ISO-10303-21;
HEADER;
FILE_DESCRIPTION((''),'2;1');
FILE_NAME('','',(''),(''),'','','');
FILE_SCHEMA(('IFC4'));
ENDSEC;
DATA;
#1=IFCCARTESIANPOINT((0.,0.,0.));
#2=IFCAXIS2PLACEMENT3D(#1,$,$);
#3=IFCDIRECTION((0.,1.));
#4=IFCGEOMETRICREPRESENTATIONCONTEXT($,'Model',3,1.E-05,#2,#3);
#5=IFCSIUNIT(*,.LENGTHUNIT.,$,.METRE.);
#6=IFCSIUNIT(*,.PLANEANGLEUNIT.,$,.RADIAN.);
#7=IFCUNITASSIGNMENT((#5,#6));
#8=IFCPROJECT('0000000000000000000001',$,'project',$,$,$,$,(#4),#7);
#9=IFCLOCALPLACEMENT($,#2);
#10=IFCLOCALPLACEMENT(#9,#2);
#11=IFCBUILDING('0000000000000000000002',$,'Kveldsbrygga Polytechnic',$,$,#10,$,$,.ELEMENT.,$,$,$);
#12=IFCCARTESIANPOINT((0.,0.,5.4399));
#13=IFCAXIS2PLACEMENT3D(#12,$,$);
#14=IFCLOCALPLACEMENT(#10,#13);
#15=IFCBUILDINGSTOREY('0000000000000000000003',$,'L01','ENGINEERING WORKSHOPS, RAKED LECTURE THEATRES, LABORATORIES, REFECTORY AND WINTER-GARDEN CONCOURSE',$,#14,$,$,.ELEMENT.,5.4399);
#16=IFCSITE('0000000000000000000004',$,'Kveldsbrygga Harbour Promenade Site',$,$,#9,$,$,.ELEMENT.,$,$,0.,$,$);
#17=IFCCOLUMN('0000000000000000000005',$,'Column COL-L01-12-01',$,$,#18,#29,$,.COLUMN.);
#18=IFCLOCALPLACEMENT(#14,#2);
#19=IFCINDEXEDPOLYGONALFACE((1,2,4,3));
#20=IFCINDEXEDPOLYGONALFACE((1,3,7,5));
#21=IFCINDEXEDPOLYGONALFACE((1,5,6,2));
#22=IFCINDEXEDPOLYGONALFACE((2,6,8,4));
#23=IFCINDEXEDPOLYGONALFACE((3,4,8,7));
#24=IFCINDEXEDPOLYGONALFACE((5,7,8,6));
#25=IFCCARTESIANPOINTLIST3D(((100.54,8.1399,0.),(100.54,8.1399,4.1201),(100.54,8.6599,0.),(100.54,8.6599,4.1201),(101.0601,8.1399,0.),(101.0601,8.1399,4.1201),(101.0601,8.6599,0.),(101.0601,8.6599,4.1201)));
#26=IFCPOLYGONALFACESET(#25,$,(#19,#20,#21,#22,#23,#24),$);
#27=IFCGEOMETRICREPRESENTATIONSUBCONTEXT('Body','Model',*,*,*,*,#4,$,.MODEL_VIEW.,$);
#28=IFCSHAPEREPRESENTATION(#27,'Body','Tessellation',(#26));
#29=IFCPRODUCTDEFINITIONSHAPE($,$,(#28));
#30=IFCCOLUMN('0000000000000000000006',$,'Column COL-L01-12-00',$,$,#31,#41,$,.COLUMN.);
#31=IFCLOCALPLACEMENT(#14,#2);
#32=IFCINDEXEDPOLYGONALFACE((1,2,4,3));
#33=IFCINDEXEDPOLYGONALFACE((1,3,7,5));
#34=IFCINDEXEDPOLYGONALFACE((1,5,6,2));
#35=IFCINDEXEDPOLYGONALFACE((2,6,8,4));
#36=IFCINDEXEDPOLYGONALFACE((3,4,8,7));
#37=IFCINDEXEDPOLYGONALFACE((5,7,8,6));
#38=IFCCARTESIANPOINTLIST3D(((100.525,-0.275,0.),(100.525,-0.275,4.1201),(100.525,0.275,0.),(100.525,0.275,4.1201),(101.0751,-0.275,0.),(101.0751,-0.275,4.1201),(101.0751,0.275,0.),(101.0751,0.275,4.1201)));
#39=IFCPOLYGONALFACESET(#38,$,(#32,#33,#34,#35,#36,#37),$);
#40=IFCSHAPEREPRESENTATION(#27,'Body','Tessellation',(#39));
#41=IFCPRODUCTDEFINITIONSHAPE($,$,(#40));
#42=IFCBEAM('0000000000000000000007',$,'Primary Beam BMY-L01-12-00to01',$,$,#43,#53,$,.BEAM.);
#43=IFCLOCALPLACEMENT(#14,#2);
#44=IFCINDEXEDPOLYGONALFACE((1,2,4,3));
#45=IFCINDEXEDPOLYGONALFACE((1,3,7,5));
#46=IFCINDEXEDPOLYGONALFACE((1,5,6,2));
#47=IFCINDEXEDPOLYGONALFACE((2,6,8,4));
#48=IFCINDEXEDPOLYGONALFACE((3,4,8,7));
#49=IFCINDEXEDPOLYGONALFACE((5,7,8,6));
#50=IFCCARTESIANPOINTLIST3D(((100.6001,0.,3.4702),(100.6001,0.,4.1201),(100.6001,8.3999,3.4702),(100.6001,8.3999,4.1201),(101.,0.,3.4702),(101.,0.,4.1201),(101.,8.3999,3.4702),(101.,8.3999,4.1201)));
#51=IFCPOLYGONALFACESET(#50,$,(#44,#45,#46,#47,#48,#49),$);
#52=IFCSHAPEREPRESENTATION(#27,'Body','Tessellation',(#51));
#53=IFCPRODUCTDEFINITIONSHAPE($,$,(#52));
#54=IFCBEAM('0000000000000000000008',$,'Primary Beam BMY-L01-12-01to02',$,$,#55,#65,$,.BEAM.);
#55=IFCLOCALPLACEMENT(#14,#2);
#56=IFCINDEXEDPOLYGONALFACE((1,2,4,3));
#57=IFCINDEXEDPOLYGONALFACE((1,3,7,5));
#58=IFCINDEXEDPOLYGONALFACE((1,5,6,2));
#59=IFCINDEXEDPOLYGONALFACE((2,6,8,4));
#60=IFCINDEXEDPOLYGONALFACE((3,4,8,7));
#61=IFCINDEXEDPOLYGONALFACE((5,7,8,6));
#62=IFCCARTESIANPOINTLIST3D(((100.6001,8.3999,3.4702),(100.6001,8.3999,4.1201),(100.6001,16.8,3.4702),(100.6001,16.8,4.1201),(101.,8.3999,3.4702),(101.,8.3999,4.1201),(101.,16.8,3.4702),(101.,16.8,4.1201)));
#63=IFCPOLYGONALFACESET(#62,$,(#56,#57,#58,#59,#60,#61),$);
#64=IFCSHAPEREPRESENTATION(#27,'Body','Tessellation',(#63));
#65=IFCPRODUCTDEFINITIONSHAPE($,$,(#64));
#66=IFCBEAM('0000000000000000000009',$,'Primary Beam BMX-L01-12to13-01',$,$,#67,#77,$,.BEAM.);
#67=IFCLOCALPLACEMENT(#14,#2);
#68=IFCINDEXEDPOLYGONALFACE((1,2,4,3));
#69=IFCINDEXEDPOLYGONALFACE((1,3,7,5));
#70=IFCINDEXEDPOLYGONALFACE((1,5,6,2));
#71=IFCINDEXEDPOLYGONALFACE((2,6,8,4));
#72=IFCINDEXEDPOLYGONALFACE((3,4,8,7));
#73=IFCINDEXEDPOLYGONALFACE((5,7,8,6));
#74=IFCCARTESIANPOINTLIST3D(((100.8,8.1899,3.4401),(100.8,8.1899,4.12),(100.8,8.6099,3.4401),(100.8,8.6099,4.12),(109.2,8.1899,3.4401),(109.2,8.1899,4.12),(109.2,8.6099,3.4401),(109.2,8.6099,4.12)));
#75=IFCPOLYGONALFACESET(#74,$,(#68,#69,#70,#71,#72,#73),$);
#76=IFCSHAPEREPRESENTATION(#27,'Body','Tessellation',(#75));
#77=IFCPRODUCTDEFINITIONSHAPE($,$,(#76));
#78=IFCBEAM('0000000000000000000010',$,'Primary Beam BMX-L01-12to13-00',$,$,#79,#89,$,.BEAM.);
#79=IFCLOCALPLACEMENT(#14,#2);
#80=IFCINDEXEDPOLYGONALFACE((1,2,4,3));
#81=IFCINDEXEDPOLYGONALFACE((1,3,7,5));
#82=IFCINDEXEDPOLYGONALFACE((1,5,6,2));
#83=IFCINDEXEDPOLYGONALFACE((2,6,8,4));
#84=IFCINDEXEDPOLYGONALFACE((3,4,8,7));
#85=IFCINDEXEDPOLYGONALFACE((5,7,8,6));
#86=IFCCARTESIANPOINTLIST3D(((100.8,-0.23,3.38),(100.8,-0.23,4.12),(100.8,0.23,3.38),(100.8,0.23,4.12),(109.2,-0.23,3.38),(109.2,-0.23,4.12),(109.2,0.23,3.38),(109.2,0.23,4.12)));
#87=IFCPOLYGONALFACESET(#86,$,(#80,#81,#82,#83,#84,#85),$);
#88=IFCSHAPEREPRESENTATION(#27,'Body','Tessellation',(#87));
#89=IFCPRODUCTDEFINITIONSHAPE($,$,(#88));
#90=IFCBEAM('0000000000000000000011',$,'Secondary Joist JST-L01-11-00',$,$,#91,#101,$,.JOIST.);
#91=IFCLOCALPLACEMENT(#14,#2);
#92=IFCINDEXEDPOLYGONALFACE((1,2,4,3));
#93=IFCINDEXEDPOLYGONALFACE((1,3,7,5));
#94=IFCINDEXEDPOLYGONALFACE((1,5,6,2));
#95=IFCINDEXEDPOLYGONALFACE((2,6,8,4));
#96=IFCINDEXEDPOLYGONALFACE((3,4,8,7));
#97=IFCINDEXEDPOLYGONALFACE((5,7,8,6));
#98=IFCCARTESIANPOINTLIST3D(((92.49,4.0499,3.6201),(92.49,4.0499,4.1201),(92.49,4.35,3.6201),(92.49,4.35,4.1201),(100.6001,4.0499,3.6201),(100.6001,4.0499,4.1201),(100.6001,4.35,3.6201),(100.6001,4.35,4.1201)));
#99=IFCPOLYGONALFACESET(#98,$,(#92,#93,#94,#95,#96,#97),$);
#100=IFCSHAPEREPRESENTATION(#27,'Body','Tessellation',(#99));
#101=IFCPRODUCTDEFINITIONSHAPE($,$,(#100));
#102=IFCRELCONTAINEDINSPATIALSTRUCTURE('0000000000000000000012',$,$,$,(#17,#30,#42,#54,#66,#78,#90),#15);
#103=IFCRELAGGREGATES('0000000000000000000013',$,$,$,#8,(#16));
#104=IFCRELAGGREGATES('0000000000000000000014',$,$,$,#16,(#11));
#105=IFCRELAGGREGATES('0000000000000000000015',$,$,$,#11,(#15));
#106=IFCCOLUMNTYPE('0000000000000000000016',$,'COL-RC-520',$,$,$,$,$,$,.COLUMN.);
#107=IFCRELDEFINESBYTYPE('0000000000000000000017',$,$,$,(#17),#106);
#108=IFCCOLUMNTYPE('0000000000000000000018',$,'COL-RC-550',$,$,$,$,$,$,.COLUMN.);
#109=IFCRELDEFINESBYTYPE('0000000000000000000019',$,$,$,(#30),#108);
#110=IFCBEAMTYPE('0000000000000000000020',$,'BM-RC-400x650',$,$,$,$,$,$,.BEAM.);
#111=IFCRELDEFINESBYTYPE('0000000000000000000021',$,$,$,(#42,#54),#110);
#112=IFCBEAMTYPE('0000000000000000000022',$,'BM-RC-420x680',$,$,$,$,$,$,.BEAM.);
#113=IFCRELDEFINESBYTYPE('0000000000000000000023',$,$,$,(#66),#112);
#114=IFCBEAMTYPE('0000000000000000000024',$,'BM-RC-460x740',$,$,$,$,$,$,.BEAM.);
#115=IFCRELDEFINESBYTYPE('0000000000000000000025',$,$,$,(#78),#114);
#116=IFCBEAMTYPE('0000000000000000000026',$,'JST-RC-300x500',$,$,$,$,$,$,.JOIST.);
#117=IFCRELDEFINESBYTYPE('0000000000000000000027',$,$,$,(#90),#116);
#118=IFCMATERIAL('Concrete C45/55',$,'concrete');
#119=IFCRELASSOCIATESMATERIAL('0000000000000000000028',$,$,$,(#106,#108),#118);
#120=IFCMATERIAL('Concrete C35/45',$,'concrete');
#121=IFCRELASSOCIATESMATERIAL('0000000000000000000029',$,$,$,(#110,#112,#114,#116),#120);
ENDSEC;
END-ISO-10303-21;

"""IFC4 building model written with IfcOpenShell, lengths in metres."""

from ifc_helpers import new_model, si_unit, direction, frame, origin, origin_2d, place, context, subcontext, project, spatial, rectangle, extrude, material, material_profile, profile_set, type_object, element, save


model = new_model("IFC4")

# Units and contexts
model_context = context("Model", 3, precision=1e-05, world=origin(), true_north=direction((0.0, 1.0)))
body_context = subcontext(model_context, "Body", "Model", "MODEL_VIEW")
ifc_project = project(units=[si_unit("LENGTHUNIT", "METRE"), si_unit("PLANEANGLEUNIT", "RADIAN")], contexts=[model_context])

# Site, building, storey
site_placement = place(None, origin())
site = spatial("IfcSite", under=ifc_project, at=site_placement, Name="Kveldsbrygga Harbour Promenade Site", CompositionType="ELEMENT", RefElevation=0.0)
building_placement = place(site_placement, origin())
building = spatial("IfcBuilding", under=site, at=building_placement, Name="Kveldsbrygga Polytechnic", CompositionType="ELEMENT")
storey_placement = place(building_placement, frame((0.0, 0.0, 5.4399)))
storey = spatial("IfcBuildingStorey", under=building, at=storey_placement, Name="L01", Description="ENGINEERING WORKSHOPS, RAKED LECTURE THEATRES, LABORATORIES, REFECTORY AND WINTER-GARDEN CONCOURSE", CompositionType="ELEMENT", Elevation=5.4399)

# Columns
ifc_material_1 = material(Name="Concrete C45/55", Category="concrete")
ifc_material_profile_1 = material_profile(ifc_material_1, rectangle(XDim=0.52, YDim=0.52, at=origin_2d()), Name="RC 520x520")
ifc_profile_set_1 = profile_set([ifc_material_profile_1], Name="Concrete C45/55")
column_type_1 = type_object("IfcColumnType", Name="COL-RC-520", PredefinedType="COLUMN", material=ifc_profile_set_1)
column_1_placement = place(storey_placement, frame((100.8, 8.3999, 0.0), z_axis=(0.0, 0.0, 1.0), x_axis=(1.0, 0.0, 0.0)))
element("IfcColumn", 1, at=column_1_placement, inside=storey, type_object=column_type_1, Name="Column COL-L01-12-01", PredefinedType="COLUMN", context=body_context, shape_type="SweptSolid", body=[
    extrude(rectangle(XDim=0.52, YDim=0.52, at=origin_2d()), origin(), (0.0, 0.0, 1.0), 4.1201),
])
ifc_material_profile_2 = material_profile(ifc_material_1, rectangle(XDim=0.55, YDim=0.55, at=origin_2d()), Name="RC 550x550")
ifc_profile_set_2 = profile_set([ifc_material_profile_2], Name="Concrete C45/55")
column_type_2 = type_object("IfcColumnType", Name="COL-RC-550", PredefinedType="COLUMN", material=ifc_profile_set_2)
column_2_placement = place(storey_placement, frame((100.8, 0.0, 0.0), z_axis=(0.0, 0.0, 1.0), x_axis=(1.0, 0.0, 0.0)))
element("IfcColumn", 2, at=column_2_placement, inside=storey, type_object=column_type_2, Name="Column COL-L01-12-00", PredefinedType="COLUMN", context=body_context, shape_type="SweptSolid", body=[
    extrude(rectangle(XDim=0.55, YDim=0.55, at=origin_2d()), origin(), (0.0, 0.0, 1.0), 4.1201),
])

# Beams
ifc_material_2 = material(Name="Concrete C35/45", Category="concrete")
ifc_material_profile_3 = material_profile(ifc_material_2, rectangle(XDim=0.3999, YDim=0.6499, at=origin_2d()), Name="RC 400x650")
ifc_profile_set_3 = profile_set([ifc_material_profile_3], Name="Concrete C35/45")
beam_type_1 = type_object("IfcBeamType", Name="BM-RC-400x650", PredefinedType="BEAM", material=ifc_profile_set_3)
beam_1_placement = place(storey_placement, frame((100.8, 0.0, 3.7952), z_axis=(0.0, 1.0, 0.0), x_axis=(-1.0, 0.0, 0.0)))
element("IfcBeam", 3, at=beam_1_placement, inside=storey, type_object=beam_type_1, Name="Primary Beam BMY-L01-12-00to01", PredefinedType="BEAM", context=body_context, shape_type="SweptSolid", body=[
    extrude(rectangle(XDim=0.3999, YDim=0.6499, at=origin_2d()), origin(), (0.0, 0.0, 1.0), 8.3999),
])
beam_2_placement = place(storey_placement, frame((100.8, 8.3999, 3.7952), z_axis=(0.0, 1.0, 0.0), x_axis=(-1.0, 0.0, 0.0)))
element("IfcBeam", 4, at=beam_2_placement, inside=storey, type_object=beam_type_1, Name="Primary Beam BMY-L01-12-01to02", PredefinedType="BEAM", context=body_context, shape_type="SweptSolid", body=[
    extrude(rectangle(XDim=0.3999, YDim=0.6499, at=origin_2d()), origin(), (0.0, 0.0, 1.0), 8.4001),
])
ifc_material_profile_4 = material_profile(ifc_material_2, rectangle(XDim=0.4199, YDim=0.6799, at=origin_2d()), Name="RC 420x680")
ifc_profile_set_4 = profile_set([ifc_material_profile_4], Name="Concrete C35/45")
beam_type_2 = type_object("IfcBeamType", Name="BM-RC-420x680", PredefinedType="BEAM", material=ifc_profile_set_4)
beam_3_placement = place(storey_placement, frame((100.8, 8.3999, 3.78), z_axis=(1.0, 0.0, 0.0), x_axis=(0.0, 1.0, 0.0)))
element("IfcBeam", 5, at=beam_3_placement, inside=storey, type_object=beam_type_2, Name="Primary Beam BMX-L01-12to13-01", PredefinedType="BEAM", context=body_context, shape_type="SweptSolid", body=[
    extrude(rectangle(XDim=0.4199, YDim=0.6799, at=origin_2d()), origin(), (0.0, 0.0, 1.0), 8.3999),
])
ifc_material_profile_5 = material_profile(ifc_material_2, rectangle(XDim=0.46, YDim=0.74, at=origin_2d()), Name="RC 460x740")
ifc_profile_set_5 = profile_set([ifc_material_profile_5], Name="Concrete C35/45")
beam_type_3 = type_object("IfcBeamType", Name="BM-RC-460x740", PredefinedType="BEAM", material=ifc_profile_set_5)
beam_4_placement = place(storey_placement, frame((100.8, 0.0, 3.75), z_axis=(1.0, 0.0, 0.0), x_axis=(0.0, 1.0, 0.0)))
element("IfcBeam", 6, at=beam_4_placement, inside=storey, type_object=beam_type_3, Name="Primary Beam BMX-L01-12to13-00", PredefinedType="BEAM", context=body_context, shape_type="SweptSolid", body=[
    extrude(rectangle(XDim=0.46, YDim=0.74, at=origin_2d()), origin(), (0.0, 0.0, 1.0), 8.3999),
])
ifc_material_profile_6 = material_profile(ifc_material_2, rectangle(XDim=0.3, YDim=0.5, at=origin_2d()), Name="RC 300x500")
ifc_profile_set_6 = profile_set([ifc_material_profile_6], Name="Concrete C35/45")
beam_type_4 = type_object("IfcBeamType", Name="JST-RC-300x500", PredefinedType="JOIST", material=ifc_profile_set_6)
beam_5_placement = place(storey_placement, frame((92.49, 4.2, 3.8701), z_axis=(1.0, 0.0, 0.0), x_axis=(0.0, 1.0, 0.0)))
element("IfcBeam", 7, at=beam_5_placement, inside=storey, type_object=beam_type_4, Name="Secondary Joist JST-L01-11-00", PredefinedType="JOIST", context=body_context, shape_type="SweptSolid", body=[
    extrude(rectangle(XDim=0.3, YDim=0.5, at=origin_2d()), origin(), (0.0, 0.0, 1.0), 8.1101),
])

save(model, "model.ifc")
